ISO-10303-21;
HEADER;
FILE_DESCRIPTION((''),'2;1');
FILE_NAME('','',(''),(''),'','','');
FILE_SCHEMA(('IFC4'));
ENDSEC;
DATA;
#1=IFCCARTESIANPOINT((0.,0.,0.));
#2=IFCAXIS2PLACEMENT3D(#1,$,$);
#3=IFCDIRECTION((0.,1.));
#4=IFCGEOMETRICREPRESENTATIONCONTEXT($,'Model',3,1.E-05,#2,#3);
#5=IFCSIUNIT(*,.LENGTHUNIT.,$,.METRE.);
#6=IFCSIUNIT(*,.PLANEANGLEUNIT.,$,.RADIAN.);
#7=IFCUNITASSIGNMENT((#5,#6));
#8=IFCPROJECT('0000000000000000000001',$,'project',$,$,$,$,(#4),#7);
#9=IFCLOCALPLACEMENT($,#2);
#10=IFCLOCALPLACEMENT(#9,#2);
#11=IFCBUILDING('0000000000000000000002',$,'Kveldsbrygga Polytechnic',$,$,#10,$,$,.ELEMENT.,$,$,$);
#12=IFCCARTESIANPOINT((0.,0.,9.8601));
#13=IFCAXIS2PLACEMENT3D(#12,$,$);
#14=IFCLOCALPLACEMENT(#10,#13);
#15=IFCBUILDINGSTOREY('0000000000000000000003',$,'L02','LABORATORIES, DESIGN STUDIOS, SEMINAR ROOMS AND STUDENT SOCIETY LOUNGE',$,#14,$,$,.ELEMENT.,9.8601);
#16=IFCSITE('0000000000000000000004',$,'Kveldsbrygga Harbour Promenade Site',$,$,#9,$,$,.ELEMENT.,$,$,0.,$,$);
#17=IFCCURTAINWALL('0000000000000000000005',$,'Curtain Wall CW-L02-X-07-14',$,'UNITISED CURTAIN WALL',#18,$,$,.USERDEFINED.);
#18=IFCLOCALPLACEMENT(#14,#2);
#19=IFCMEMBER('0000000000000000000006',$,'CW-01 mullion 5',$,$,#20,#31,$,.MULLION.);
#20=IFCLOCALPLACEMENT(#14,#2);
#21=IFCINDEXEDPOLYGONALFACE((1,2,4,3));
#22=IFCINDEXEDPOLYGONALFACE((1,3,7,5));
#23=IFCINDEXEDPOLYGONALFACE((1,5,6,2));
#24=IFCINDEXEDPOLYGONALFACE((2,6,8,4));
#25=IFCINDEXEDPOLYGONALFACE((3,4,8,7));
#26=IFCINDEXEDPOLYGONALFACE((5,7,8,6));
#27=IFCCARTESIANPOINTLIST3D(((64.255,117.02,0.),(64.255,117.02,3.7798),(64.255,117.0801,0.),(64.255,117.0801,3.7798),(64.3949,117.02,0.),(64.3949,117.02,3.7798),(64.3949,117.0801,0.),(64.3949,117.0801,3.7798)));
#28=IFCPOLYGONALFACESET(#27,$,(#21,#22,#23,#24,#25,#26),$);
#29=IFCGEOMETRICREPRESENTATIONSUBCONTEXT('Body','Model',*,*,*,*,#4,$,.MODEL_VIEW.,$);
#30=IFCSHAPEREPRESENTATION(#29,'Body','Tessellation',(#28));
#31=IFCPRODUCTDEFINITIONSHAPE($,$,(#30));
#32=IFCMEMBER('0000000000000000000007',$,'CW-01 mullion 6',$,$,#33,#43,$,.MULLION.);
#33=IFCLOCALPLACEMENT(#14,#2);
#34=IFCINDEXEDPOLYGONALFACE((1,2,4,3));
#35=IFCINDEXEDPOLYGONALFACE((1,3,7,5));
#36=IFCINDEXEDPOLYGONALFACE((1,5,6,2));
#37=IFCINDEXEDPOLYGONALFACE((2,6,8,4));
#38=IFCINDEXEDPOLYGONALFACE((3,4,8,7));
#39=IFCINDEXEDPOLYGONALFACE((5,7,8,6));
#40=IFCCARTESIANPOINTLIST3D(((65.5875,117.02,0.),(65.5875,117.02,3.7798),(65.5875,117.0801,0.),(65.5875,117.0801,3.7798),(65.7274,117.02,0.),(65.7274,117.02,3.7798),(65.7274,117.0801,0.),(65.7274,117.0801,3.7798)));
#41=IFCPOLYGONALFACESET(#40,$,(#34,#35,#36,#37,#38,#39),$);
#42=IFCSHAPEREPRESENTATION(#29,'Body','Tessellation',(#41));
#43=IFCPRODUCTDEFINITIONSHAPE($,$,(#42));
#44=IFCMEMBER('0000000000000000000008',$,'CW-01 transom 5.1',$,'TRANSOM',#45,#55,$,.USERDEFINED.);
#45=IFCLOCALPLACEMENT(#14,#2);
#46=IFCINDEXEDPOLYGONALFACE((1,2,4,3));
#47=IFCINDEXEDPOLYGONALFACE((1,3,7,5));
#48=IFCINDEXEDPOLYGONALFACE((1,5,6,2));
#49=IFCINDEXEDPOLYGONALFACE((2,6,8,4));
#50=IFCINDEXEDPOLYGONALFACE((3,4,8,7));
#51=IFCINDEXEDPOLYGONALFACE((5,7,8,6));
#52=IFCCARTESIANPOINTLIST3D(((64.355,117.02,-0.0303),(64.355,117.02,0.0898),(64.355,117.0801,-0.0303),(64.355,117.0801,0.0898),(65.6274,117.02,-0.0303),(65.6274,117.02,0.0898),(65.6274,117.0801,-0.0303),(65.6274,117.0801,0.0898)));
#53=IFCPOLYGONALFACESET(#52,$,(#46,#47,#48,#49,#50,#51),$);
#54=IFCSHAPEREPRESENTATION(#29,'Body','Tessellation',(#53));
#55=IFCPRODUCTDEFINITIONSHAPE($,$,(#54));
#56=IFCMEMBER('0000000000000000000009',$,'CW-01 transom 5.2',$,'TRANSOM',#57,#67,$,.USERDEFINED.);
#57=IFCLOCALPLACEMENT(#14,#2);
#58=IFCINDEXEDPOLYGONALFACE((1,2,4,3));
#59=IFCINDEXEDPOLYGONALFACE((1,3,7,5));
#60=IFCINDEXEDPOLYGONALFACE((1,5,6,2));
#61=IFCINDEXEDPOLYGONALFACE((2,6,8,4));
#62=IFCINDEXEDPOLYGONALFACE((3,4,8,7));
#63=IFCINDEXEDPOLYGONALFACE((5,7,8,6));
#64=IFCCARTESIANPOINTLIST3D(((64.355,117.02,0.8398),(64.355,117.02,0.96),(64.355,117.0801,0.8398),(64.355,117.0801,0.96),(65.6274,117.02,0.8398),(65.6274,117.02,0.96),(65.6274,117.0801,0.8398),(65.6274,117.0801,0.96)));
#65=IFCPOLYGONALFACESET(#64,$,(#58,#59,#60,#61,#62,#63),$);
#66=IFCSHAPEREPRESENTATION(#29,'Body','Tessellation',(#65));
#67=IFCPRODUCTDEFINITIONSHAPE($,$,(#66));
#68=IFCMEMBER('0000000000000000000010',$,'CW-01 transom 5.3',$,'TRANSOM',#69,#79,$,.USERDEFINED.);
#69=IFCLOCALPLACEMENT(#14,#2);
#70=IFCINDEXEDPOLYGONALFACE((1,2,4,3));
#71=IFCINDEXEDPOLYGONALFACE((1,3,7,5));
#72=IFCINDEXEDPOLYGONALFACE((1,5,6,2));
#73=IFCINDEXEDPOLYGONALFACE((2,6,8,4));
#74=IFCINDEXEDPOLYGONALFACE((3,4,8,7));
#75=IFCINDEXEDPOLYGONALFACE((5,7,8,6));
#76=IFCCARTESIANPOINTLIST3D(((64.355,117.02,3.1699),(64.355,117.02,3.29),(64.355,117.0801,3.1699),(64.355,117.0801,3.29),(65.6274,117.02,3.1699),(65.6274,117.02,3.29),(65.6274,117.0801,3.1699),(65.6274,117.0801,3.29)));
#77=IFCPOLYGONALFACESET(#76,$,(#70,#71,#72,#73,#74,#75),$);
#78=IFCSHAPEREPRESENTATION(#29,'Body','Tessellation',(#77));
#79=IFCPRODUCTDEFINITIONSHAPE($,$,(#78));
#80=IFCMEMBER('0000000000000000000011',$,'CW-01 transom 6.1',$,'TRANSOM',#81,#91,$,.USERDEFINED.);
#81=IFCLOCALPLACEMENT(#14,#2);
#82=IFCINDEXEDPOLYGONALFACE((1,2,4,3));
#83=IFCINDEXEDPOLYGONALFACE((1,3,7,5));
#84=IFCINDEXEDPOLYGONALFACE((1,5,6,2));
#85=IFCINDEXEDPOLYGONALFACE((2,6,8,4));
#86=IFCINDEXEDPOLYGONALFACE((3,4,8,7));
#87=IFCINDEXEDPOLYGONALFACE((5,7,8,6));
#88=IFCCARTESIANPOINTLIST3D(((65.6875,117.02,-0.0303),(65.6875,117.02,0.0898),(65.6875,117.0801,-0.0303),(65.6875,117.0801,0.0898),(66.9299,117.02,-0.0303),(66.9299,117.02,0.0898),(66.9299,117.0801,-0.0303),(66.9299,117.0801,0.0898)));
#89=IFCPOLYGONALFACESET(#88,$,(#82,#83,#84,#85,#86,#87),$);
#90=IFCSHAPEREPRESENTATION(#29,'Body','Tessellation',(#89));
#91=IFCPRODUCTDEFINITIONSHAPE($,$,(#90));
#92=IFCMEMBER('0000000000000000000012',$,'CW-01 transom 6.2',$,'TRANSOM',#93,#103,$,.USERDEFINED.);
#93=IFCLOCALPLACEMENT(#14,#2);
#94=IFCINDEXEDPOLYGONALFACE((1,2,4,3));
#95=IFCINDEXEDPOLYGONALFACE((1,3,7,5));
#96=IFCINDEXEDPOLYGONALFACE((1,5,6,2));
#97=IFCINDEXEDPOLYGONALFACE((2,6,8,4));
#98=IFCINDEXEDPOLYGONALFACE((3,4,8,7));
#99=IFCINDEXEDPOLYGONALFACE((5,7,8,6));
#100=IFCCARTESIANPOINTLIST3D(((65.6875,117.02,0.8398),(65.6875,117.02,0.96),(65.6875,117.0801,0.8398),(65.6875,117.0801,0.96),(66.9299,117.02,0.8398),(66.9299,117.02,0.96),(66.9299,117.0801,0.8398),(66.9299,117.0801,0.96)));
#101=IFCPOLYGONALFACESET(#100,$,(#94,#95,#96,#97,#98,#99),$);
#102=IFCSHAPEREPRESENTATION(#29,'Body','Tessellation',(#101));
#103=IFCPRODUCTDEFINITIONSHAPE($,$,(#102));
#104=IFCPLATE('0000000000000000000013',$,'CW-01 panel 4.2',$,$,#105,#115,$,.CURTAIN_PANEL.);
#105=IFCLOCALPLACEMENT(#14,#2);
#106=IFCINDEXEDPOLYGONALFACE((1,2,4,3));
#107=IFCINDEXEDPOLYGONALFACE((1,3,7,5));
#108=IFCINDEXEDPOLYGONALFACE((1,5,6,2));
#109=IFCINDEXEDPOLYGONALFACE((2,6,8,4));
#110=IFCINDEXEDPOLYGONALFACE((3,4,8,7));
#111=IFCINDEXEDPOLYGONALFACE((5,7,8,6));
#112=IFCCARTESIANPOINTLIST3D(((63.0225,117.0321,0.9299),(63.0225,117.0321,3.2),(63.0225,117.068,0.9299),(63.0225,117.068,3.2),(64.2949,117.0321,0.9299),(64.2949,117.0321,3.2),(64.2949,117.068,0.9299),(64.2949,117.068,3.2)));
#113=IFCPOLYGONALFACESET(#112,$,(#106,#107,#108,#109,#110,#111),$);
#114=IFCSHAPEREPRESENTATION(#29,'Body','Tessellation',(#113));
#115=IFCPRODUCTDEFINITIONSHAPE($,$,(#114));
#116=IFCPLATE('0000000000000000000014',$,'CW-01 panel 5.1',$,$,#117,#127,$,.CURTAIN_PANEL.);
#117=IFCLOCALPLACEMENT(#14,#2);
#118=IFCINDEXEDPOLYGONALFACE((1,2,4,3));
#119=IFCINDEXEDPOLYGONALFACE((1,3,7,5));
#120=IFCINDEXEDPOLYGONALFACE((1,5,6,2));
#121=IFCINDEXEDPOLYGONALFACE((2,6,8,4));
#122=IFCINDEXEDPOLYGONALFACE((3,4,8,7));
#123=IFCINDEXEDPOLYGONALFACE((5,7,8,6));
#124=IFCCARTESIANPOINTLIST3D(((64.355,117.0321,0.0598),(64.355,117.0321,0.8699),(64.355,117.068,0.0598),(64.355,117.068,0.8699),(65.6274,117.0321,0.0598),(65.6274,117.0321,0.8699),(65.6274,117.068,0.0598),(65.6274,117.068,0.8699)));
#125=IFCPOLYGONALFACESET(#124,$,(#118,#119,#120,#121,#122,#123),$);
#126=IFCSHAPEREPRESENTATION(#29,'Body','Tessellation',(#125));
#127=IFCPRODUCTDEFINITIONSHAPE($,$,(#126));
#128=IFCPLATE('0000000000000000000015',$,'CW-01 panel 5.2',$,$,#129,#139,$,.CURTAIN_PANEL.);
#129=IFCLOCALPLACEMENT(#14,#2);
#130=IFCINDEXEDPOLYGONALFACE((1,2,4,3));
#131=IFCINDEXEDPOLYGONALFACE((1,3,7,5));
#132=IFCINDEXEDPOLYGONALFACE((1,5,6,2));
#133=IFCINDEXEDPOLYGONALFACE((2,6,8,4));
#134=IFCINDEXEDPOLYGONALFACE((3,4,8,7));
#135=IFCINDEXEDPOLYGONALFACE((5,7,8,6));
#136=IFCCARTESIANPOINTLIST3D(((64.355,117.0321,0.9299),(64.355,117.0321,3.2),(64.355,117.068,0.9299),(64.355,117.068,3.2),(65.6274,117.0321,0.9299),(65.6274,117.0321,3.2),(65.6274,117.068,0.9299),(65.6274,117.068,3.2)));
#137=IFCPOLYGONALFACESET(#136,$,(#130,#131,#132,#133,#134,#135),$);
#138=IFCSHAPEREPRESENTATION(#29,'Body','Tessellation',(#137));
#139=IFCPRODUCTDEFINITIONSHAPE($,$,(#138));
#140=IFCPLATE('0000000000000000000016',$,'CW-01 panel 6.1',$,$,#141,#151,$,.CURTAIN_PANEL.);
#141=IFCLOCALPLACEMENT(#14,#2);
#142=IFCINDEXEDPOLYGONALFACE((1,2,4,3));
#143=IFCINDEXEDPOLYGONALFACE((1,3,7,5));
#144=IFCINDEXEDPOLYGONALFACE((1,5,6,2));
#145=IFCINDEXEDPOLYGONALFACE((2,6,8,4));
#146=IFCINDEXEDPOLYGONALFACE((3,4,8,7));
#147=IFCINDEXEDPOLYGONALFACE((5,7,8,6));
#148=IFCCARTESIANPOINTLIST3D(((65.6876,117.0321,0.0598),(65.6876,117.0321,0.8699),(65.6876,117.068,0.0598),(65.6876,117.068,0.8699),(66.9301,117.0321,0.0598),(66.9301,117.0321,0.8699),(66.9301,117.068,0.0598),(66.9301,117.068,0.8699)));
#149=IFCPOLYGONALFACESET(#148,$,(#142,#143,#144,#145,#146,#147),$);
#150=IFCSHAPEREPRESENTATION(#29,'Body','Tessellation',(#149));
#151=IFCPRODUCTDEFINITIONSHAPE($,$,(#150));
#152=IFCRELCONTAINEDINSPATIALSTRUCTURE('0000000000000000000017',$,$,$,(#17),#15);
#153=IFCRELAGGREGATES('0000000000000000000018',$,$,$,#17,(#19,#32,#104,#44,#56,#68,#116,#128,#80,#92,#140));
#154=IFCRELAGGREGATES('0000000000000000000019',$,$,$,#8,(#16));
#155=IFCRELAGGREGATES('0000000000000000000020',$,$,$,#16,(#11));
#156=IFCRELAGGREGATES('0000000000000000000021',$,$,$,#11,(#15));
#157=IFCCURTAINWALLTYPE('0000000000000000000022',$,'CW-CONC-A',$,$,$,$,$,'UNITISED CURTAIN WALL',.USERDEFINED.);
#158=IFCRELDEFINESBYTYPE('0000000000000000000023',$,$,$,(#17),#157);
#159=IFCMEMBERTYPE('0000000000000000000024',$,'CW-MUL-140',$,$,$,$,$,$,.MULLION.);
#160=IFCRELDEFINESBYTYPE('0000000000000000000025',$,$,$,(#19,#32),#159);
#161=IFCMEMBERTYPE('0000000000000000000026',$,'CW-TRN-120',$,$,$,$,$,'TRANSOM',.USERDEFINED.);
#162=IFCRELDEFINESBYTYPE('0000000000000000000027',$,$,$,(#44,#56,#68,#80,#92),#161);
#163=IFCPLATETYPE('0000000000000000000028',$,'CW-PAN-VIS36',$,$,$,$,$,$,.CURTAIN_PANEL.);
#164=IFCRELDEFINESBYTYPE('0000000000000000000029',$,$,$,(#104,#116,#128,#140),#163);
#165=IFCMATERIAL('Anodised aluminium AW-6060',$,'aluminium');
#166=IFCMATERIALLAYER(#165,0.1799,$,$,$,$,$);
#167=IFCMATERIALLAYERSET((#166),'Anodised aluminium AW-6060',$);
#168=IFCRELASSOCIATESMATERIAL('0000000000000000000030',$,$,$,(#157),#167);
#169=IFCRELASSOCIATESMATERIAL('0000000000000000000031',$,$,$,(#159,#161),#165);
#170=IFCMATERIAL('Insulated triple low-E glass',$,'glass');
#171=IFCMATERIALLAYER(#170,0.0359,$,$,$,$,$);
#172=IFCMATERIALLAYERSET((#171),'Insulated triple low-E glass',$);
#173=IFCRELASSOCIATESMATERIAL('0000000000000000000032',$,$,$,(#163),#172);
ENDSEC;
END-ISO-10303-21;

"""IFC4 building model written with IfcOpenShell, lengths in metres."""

from ifc_helpers import new_model, si_unit, direction, frame, origin, origin_2d, place, context, subcontext, project, spatial, rectangle, extrude, material, layer, layer_set, material_profile, profile_set, type_object, element, aggregate, save


model = new_model("IFC4")

# Units and contexts
model_context = context("Model", 3, precision=1e-05, world=origin(), true_north=direction((0.0, 1.0)))
body_context = subcontext(model_context, "Body", "Model", "MODEL_VIEW")
ifc_project = project(units=[si_unit("LENGTHUNIT", "METRE"), si_unit("PLANEANGLEUNIT", "RADIAN")], contexts=[model_context])

# Site, building, storey
site_placement = place(None, origin())
site = spatial("IfcSite", under=ifc_project, at=site_placement, Name="Kveldsbrygga Harbour Promenade Site", CompositionType="ELEMENT", RefElevation=0.0)
building_placement = place(site_placement, origin())
building = spatial("IfcBuilding", under=site, at=building_placement, Name="Kveldsbrygga Polytechnic", CompositionType="ELEMENT")
storey_placement = place(building_placement, frame((0.0, 0.0, 9.8601)))
storey = spatial("IfcBuildingStorey", under=building, at=storey_placement, Name="L02", Description="LABORATORIES, DESIGN STUDIOS, SEMINAR ROOMS AND STUDENT SOCIETY LOUNGE", CompositionType="ELEMENT", Elevation=9.8601)

# Curtain wall, members, plates
ifc_material_1 = material(Name="Anodised aluminium AW-6060", Category="aluminium")
ifc_layer_1 = layer(ifc_material_1, 0.1799)
ifc_layer_set_1 = layer_set([ifc_layer_1], Name="Anodised aluminium AW-6060")
curtain_wall_type = type_object("IfcCurtainWallType", Name="CW-CONC-A", ElementType="UNITISED CURTAIN WALL", PredefinedType="USERDEFINED", material=ifc_layer_set_1)
curtain_wall_placement = place(storey_placement, origin())
curtain_wall = element("IfcCurtainWall", 1, at=curtain_wall_placement, inside=storey, type_object=curtain_wall_type, Name="Curtain Wall CW-L02-X-07-14", ObjectType="UNITISED CURTAIN WALL", PredefinedType="USERDEFINED")
ifc_material_profile_1 = material_profile(ifc_material_1, rectangle(XDim=0.0601, YDim=0.1399, at=origin_2d()), Name="ALU 60x140")
ifc_profile_set_1 = profile_set([ifc_material_profile_1], Name="Anodised aluminium AW-6060")
member_type_1 = type_object("IfcMemberType", Name="CW-MUL-140", PredefinedType="MULLION", material=ifc_profile_set_1)
member_1_placement = place(storey_placement, frame((64.325, 117.05, 0.0), z_axis=(0.0, 0.0, 1.0), x_axis=(0.0, 1.0, 0.0)))
member_1 = element("IfcMember", 2, at=member_1_placement, type_object=member_type_1, Name="CW-01 mullion 5", PredefinedType="MULLION", context=body_context, shape_type="SweptSolid", body=[
    extrude(rectangle(XDim=0.0601, YDim=0.1399, at=origin_2d()), origin(), (0.0, 0.0, 1.0), 3.7798),
])
member_2_placement = place(storey_placement, frame((65.6575, 117.05, 0.0), z_axis=(0.0, 0.0, 1.0), x_axis=(0.0, 1.0, 0.0)))
member_2 = element("IfcMember", 3, at=member_2_placement, type_object=member_type_1, Name="CW-01 mullion 6", PredefinedType="MULLION", context=body_context, shape_type="SweptSolid", body=[
    extrude(rectangle(XDim=0.0601, YDim=0.1399, at=origin_2d()), origin(), (0.0, 0.0, 1.0), 3.7798),
])
ifc_material_profile_2 = material_profile(ifc_material_1, rectangle(XDim=0.0601, YDim=0.1201, at=origin_2d()), Name="ALU 60x120")
ifc_profile_set_2 = profile_set([ifc_material_profile_2], Name="Anodised aluminium AW-6060")
member_type_2 = type_object("IfcMemberType", Name="CW-TRN-120", ElementType="TRANSOM", PredefinedType="USERDEFINED", material=ifc_profile_set_2)
member_3_placement = place(storey_placement, frame((64.355, 117.05, 0.0298), z_axis=(1.0, 0.0, 0.0), x_axis=(0.0, 1.0, 0.0)))
member_3 = element("IfcMember", 4, at=member_3_placement, type_object=member_type_2, Name="CW-01 transom 5.1", ObjectType="TRANSOM", PredefinedType="USERDEFINED", context=body_context, shape_type="SweptSolid", body=[
    extrude(rectangle(XDim=0.0601, YDim=0.1201, at=origin_2d()), origin(), (0.0, 0.0, 1.0), 1.2725),
])
member_4_placement = place(storey_placement, frame((64.355, 117.05, 0.8999), z_axis=(1.0, 0.0, 0.0), x_axis=(0.0, 1.0, 0.0)))
member_4 = element("IfcMember", 5, at=member_4_placement, type_object=member_type_2, Name="CW-01 transom 5.2", ObjectType="TRANSOM", PredefinedType="USERDEFINED", context=body_context, shape_type="SweptSolid", body=[
    extrude(rectangle(XDim=0.0601, YDim=0.1201, at=origin_2d()), origin(), (0.0, 0.0, 1.0), 1.2725),
])
member_5_placement = place(storey_placement, frame((64.355, 117.05, 3.23), z_axis=(1.0, 0.0, 0.0), x_axis=(0.0, 1.0, 0.0)))
member_5 = element("IfcMember", 6, at=member_5_placement, type_object=member_type_2, Name="CW-01 transom 5.3", ObjectType="TRANSOM", PredefinedType="USERDEFINED", context=body_context, shape_type="SweptSolid", body=[
    extrude(rectangle(XDim=0.0601, YDim=0.1201, at=origin_2d()), origin(), (0.0, 0.0, 1.0), 1.2725),
])
member_6_placement = place(storey_placement, frame((65.6875, 117.05, 0.0298), z_axis=(1.0, 0.0, 0.0), x_axis=(0.0, 1.0, 0.0)))
member_6 = element("IfcMember", 7, at=member_6_placement, type_object=member_type_2, Name="CW-01 transom 6.1", ObjectType="TRANSOM", PredefinedType="USERDEFINED", context=body_context, shape_type="SweptSolid", body=[
    extrude(rectangle(XDim=0.0601, YDim=0.1201, at=origin_2d()), origin(), (0.0, 0.0, 1.0), 1.2424),
])
member_7_placement = place(storey_placement, frame((65.6875, 117.05, 0.8999), z_axis=(1.0, 0.0, 0.0), x_axis=(0.0, 1.0, 0.0)))
member_7 = element("IfcMember", 8, at=member_7_placement, type_object=member_type_2, Name="CW-01 transom 6.2", ObjectType="TRANSOM", PredefinedType="USERDEFINED", context=body_context, shape_type="SweptSolid", body=[
    extrude(rectangle(XDim=0.0601, YDim=0.1201, at=origin_2d()), origin(), (0.0, 0.0, 1.0), 1.2424),
])
ifc_material_2 = material(Name="Insulated triple low-E glass", Category="glass")
ifc_layer_2 = layer(ifc_material_2, 0.0359)
ifc_layer_set_2 = layer_set([ifc_layer_2], Name="Insulated triple low-E glass")
plate_type = type_object("IfcPlateType", Name="CW-PAN-VIS36", PredefinedType="CURTAIN_PANEL", material=ifc_layer_set_2)
plate_1_placement = place(storey_placement, frame((63.6587, 117.05, 0.9299), z_axis=(0.0, 0.0, 1.0), x_axis=(1.0, 0.0, 0.0)))
plate_1 = element("IfcPlate", 9, at=plate_1_placement, type_object=plate_type, Name="CW-01 panel 4.2", PredefinedType="CURTAIN_PANEL", context=body_context, shape_type="SweptSolid", body=[
    extrude(rectangle(XDim=1.2725, YDim=0.0359, at=origin_2d()), origin(), (0.0, 0.0, 1.0), 2.27),
])
plate_2_placement = place(storey_placement, frame((64.9912, 117.05, 0.0598), z_axis=(0.0, 0.0, 1.0), x_axis=(1.0, 0.0, 0.0)))
plate_2 = element("IfcPlate", 10, at=plate_2_placement, type_object=plate_type, Name="CW-01 panel 5.1", PredefinedType="CURTAIN_PANEL", context=body_context, shape_type="SweptSolid", body=[
    extrude(rectangle(XDim=1.2725, YDim=0.0359, at=origin_2d()), origin(), (0.0, 0.0, 1.0), 0.8101),
])
plate_3_placement = place(storey_placement, frame((64.9912, 117.05, 0.9299), z_axis=(0.0, 0.0, 1.0), x_axis=(1.0, 0.0, 0.0)))
plate_3 = element("IfcPlate", 11, at=plate_3_placement, type_object=plate_type, Name="CW-01 panel 5.2", PredefinedType="CURTAIN_PANEL", context=body_context, shape_type="SweptSolid", body=[
    extrude(rectangle(XDim=1.2725, YDim=0.0359, at=origin_2d()), origin(), (0.0, 0.0, 1.0), 2.27),
])
plate_4_placement = place(storey_placement, frame((66.3088, 117.05, 0.0598), z_axis=(0.0, 0.0, 1.0), x_axis=(1.0, 0.0, 0.0)))
plate_4 = element("IfcPlate", 12, at=plate_4_placement, type_object=plate_type, Name="CW-01 panel 6.1", PredefinedType="CURTAIN_PANEL", context=body_context, shape_type="SweptSolid", body=[
    extrude(rectangle(XDim=1.2424, YDim=0.0359, at=origin_2d()), origin(), (0.0, 0.0, 1.0), 0.8101),
])
aggregate(curtain_wall, [member_1, member_2, plate_1, member_3, member_4, member_5, plate_2, plate_3, member_6, member_7, plate_4])

save(model, "model.ifc")
